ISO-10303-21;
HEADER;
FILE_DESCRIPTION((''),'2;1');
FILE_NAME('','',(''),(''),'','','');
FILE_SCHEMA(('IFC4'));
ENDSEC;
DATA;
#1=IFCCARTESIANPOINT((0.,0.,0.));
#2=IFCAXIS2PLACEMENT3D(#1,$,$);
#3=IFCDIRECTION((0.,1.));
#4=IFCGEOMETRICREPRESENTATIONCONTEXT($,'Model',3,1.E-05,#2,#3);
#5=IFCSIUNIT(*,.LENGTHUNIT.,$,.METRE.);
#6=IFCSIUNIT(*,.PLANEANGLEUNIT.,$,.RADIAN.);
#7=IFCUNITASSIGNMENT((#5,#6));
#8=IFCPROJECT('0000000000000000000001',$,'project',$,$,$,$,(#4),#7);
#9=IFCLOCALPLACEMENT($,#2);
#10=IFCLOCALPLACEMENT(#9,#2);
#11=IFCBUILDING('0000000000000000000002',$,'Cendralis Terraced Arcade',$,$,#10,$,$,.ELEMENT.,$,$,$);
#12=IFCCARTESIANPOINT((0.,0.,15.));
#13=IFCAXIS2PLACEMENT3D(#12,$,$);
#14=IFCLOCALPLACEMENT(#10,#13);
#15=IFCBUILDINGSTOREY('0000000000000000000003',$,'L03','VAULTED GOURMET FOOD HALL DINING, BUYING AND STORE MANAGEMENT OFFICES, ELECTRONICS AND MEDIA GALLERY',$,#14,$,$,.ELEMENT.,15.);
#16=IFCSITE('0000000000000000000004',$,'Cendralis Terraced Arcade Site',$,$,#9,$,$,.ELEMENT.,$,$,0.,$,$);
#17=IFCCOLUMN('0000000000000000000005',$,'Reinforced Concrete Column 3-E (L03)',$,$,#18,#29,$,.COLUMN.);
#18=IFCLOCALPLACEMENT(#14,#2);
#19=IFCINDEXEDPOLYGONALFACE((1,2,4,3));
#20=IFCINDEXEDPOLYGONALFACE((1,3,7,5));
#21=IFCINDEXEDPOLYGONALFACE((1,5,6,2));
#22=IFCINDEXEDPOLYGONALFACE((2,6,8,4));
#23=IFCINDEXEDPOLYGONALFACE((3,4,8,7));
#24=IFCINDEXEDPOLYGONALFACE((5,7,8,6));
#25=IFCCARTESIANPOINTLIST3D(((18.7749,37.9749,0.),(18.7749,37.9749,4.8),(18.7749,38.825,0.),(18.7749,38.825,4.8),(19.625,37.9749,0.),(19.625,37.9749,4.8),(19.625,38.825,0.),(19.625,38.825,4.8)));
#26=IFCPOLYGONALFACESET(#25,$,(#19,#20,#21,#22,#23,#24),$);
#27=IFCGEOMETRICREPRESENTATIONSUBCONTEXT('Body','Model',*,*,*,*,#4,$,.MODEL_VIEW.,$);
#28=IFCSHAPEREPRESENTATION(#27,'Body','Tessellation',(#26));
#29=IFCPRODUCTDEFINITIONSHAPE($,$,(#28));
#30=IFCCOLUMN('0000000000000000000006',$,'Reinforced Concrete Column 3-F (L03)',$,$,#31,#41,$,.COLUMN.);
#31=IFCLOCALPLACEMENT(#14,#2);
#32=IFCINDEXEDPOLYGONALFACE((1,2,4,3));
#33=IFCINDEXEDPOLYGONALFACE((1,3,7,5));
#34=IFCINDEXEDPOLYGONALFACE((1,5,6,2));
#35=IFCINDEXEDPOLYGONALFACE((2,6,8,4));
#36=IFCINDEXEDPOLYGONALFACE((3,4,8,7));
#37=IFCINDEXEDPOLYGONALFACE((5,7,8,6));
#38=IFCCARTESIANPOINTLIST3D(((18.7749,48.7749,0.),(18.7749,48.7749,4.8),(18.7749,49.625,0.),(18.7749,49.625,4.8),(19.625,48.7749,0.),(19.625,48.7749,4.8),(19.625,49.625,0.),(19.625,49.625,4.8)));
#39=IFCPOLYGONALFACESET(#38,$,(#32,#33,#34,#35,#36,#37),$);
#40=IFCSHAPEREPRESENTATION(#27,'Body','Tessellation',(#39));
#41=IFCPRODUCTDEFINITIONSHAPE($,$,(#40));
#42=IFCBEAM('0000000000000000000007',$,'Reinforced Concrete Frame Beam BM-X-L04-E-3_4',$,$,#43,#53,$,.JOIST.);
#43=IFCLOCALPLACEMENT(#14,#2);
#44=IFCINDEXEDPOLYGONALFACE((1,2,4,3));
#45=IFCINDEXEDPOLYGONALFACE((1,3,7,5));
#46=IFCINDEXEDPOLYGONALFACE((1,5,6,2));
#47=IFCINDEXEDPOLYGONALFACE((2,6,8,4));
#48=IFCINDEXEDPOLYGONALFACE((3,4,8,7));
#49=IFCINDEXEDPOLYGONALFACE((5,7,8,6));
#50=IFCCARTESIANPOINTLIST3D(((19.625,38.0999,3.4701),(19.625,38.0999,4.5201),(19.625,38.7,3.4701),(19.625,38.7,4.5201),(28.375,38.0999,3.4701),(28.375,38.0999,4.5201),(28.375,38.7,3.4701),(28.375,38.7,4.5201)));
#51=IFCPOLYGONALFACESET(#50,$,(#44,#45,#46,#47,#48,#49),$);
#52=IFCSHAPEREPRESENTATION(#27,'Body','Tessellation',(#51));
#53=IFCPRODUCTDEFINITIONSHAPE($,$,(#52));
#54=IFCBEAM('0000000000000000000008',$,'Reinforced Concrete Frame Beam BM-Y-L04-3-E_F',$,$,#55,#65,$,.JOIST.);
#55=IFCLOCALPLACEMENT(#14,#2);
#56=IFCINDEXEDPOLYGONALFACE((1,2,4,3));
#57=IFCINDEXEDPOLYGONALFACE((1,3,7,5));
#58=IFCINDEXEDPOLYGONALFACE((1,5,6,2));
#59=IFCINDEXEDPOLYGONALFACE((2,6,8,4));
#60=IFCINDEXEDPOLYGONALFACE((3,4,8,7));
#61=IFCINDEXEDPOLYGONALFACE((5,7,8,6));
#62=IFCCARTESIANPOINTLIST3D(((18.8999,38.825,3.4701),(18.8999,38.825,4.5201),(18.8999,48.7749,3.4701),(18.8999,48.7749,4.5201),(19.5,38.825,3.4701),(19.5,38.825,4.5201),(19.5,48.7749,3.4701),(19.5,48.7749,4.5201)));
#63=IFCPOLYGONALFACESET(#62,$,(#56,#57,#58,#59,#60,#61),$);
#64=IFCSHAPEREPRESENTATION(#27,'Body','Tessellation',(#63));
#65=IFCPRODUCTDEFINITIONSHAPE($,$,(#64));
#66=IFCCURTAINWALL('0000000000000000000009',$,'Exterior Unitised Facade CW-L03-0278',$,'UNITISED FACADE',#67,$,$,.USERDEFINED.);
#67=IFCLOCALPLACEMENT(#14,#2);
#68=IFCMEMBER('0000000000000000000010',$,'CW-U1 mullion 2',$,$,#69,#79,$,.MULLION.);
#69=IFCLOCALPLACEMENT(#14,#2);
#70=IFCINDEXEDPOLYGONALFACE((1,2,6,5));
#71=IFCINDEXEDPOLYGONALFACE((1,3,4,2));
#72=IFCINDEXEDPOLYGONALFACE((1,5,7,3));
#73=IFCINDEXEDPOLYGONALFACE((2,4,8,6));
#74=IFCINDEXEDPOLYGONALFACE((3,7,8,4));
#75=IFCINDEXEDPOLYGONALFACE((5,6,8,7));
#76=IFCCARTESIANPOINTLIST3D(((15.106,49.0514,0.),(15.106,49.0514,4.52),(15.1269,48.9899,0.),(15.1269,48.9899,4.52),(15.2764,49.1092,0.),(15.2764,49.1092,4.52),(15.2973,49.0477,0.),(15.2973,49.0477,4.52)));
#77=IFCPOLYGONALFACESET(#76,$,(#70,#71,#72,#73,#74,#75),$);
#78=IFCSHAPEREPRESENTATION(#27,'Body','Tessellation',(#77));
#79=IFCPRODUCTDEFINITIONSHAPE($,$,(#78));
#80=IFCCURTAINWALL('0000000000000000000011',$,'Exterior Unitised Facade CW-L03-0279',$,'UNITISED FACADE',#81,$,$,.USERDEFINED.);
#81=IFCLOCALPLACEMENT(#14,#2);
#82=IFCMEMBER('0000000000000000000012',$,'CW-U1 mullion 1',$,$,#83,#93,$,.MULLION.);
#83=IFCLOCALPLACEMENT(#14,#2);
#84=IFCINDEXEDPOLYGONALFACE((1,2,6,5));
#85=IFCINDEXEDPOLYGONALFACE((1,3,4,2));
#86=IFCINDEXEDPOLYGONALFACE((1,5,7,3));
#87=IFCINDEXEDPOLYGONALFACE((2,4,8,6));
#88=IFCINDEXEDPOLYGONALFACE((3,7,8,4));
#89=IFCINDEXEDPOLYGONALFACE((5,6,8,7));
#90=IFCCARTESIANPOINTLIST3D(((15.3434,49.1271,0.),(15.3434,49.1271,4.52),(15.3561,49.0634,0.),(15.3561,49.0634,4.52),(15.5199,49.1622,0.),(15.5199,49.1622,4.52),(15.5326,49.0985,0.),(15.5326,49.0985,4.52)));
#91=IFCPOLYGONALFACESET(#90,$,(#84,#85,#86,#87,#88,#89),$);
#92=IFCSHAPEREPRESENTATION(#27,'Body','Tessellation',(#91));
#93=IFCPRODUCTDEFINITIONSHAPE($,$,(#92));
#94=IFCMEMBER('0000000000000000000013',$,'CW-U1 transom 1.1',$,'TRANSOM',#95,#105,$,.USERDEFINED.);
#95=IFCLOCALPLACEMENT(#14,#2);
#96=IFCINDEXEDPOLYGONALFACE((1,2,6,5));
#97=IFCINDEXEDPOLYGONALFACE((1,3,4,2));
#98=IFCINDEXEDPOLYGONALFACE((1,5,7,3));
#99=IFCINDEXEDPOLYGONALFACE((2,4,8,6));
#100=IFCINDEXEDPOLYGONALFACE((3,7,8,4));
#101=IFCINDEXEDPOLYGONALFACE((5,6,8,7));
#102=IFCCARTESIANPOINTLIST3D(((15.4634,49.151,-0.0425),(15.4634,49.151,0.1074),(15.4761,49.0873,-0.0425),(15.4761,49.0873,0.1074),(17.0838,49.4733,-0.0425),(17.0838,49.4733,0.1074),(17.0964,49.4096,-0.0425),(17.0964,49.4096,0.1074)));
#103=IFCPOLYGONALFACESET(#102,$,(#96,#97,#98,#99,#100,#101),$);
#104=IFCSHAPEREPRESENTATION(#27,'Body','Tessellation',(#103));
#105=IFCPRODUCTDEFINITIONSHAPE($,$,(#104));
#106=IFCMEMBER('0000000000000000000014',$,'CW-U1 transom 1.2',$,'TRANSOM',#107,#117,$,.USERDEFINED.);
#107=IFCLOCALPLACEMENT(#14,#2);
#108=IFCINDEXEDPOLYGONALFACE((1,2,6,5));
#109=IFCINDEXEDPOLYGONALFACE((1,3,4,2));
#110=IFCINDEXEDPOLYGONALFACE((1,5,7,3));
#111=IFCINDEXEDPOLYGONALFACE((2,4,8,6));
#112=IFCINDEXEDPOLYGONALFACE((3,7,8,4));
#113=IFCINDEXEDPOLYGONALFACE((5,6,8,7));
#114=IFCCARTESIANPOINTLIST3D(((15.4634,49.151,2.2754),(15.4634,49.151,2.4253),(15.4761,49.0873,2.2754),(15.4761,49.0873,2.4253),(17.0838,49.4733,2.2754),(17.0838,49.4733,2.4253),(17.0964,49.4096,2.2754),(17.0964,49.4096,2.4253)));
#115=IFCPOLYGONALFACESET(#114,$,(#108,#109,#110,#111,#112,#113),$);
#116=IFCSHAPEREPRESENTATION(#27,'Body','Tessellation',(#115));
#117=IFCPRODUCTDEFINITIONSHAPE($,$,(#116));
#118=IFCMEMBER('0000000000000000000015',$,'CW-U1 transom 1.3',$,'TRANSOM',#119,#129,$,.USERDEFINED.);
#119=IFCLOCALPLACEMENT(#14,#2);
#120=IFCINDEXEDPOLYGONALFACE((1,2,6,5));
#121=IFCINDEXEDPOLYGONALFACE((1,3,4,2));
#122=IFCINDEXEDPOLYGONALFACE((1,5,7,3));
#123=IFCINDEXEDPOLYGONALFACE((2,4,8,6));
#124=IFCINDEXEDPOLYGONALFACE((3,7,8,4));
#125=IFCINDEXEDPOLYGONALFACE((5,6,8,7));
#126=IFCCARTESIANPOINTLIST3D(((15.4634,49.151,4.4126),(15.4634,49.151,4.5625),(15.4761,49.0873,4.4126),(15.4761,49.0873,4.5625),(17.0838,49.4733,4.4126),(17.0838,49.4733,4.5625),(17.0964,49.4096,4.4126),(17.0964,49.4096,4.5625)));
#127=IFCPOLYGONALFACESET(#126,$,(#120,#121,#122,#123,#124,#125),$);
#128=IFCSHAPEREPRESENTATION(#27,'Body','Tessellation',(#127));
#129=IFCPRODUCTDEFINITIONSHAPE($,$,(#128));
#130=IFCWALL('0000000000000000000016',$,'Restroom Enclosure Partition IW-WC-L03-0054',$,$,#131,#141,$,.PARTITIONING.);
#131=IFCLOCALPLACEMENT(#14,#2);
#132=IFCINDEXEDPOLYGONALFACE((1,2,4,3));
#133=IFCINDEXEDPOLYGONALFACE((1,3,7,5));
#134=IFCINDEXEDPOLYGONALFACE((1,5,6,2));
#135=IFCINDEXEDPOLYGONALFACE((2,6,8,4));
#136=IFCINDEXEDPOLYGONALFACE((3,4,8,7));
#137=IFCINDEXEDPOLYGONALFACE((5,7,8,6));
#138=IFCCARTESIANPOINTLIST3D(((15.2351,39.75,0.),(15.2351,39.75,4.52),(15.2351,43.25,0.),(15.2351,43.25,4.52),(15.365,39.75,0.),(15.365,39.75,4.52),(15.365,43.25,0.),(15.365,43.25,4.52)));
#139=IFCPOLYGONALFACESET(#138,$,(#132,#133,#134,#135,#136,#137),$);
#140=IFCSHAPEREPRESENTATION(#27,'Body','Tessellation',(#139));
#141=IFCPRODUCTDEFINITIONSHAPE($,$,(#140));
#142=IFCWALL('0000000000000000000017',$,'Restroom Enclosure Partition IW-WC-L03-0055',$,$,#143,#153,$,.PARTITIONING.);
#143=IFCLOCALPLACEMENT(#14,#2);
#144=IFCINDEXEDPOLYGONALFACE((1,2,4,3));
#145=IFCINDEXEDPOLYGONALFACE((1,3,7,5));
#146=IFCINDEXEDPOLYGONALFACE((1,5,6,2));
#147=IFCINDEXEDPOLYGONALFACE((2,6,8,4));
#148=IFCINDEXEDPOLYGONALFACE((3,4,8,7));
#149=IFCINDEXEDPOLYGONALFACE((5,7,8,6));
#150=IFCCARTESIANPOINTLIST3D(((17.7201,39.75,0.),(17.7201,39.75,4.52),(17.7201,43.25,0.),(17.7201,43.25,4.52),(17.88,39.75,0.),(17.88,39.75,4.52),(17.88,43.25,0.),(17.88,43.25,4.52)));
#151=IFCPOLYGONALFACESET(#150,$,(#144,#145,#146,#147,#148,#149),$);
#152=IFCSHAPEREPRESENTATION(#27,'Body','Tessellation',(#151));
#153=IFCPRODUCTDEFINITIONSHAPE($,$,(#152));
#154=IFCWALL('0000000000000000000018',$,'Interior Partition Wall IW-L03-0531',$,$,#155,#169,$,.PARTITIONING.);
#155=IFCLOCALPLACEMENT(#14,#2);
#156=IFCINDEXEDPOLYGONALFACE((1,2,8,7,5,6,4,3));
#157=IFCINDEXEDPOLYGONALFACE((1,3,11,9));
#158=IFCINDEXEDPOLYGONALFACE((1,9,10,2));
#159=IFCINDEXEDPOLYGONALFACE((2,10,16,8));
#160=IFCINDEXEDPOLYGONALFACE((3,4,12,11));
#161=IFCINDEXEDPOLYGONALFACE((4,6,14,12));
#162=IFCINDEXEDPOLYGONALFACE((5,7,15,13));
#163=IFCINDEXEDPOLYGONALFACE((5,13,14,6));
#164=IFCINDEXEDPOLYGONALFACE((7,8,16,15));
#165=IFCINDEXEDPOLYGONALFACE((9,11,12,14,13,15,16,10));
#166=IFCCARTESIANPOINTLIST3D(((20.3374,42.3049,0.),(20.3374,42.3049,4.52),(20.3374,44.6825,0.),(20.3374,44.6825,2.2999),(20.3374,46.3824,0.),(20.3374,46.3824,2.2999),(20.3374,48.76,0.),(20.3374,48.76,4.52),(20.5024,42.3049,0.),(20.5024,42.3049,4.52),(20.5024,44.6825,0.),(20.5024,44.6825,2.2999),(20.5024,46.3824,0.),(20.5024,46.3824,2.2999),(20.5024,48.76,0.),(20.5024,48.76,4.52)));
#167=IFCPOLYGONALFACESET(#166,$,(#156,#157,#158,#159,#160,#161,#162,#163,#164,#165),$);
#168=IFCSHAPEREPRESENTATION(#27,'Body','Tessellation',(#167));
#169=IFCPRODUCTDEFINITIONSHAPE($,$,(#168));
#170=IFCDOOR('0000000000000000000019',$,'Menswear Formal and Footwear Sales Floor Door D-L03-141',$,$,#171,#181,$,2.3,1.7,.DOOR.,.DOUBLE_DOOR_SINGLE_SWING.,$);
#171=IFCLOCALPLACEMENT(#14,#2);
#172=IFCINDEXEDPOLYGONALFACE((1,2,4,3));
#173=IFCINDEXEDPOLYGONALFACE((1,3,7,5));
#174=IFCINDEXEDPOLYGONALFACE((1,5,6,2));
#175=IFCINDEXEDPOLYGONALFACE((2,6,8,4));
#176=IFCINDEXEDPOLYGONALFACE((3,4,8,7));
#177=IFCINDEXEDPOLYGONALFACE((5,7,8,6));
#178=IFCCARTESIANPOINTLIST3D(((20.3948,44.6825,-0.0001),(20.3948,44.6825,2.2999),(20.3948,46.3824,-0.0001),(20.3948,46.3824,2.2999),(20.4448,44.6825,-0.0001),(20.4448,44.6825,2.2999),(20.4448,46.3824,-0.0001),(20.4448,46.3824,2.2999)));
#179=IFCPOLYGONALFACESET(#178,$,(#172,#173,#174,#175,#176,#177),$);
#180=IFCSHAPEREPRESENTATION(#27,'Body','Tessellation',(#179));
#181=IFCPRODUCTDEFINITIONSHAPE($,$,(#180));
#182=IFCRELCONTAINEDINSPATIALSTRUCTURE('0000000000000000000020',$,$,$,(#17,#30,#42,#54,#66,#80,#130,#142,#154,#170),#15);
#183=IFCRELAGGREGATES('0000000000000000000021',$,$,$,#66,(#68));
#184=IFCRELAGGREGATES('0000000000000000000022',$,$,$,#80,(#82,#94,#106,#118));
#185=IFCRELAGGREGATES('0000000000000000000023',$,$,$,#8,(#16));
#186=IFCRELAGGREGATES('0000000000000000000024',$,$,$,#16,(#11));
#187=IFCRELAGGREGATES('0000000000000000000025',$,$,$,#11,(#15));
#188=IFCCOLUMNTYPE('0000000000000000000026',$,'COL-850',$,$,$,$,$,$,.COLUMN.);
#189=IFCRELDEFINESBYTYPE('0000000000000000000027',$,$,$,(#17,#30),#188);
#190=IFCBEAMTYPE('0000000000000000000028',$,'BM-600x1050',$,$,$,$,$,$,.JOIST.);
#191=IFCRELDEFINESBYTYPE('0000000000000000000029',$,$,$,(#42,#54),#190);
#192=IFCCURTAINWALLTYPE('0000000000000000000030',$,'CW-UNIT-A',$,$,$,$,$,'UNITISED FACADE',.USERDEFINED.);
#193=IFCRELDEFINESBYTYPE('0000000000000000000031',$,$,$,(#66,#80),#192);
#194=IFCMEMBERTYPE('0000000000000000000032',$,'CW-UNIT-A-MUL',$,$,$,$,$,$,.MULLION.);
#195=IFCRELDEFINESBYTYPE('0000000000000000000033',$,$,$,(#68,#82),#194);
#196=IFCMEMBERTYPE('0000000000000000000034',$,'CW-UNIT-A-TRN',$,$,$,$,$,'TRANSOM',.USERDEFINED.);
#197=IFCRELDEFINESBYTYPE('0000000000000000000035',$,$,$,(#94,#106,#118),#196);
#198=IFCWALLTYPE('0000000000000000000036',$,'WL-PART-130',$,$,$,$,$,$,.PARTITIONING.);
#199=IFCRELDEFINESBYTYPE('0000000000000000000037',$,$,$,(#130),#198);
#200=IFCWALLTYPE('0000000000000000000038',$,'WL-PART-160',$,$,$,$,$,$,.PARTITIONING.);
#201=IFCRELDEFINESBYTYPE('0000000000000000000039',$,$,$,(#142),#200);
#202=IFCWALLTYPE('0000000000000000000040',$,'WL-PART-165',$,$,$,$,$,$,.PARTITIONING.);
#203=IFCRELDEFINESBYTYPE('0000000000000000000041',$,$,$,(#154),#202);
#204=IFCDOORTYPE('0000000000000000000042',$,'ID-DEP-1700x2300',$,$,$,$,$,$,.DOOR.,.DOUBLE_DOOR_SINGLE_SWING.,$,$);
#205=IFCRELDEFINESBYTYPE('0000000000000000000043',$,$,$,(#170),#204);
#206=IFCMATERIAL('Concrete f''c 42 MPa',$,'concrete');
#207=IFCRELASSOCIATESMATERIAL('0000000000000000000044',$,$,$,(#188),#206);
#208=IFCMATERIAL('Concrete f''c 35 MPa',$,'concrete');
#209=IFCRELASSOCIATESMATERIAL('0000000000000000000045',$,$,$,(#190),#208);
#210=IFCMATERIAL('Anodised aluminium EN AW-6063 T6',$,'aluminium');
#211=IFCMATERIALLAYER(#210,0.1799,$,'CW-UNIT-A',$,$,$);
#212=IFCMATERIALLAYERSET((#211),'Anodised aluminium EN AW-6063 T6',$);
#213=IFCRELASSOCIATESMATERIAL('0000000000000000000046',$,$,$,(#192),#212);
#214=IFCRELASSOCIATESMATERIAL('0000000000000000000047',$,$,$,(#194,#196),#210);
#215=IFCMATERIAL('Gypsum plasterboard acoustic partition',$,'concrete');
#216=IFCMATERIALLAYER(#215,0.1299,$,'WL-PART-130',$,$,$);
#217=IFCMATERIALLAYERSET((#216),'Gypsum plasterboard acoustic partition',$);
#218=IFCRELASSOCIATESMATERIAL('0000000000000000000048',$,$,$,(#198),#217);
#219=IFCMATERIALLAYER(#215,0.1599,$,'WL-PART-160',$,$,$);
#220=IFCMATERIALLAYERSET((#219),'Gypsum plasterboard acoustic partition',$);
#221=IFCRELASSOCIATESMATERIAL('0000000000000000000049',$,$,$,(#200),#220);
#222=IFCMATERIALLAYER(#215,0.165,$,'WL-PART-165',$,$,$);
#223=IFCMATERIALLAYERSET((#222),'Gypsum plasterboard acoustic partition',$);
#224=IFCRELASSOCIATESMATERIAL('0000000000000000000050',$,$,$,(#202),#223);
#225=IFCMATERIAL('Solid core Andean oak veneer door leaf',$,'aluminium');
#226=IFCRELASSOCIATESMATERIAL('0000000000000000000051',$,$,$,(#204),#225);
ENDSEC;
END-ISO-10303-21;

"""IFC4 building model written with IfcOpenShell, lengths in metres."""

from ifc_helpers import new_model, si_unit, direction, frame, frame_2d, origin, origin_2d, place, context, subcontext, project, spatial, rectangle, extrude, material, layer, layer_set, material_profile, profile_set, type_object, element, fill, aggregate, save


model = new_model("IFC4")

# Units and contexts
model_context = context("Model", 3, precision=1e-05, world=origin(), true_north=direction((0.0, 1.0)))
body_context = subcontext(model_context, "Body", "Model", "MODEL_VIEW")
ifc_project = project(units=[si_unit("LENGTHUNIT", "METRE"), si_unit("PLANEANGLEUNIT", "RADIAN")], contexts=[model_context])

# Site, building, storey
site_placement = place(None, origin())
site = spatial("IfcSite", under=ifc_project, at=site_placement, Name="Cendralis Terraced Arcade Site", CompositionType="ELEMENT", RefElevation=0.0)
building_placement = place(site_placement, origin())
building = spatial("IfcBuilding", under=site, at=building_placement, Name="Cendralis Terraced Arcade", CompositionType="ELEMENT")
storey_placement = place(building_placement, frame((0.0, 0.0, 15.0)))
storey = spatial("IfcBuildingStorey", under=building, at=storey_placement, Name="L03", Description="VAULTED GOURMET FOOD HALL DINING, BUYING AND STORE MANAGEMENT OFFICES, ELECTRONICS AND MEDIA GALLERY", CompositionType="ELEMENT", Elevation=15.0)

# Columns
ifc_material_1 = material(Name="Concrete f'c 42 MPa", Category="concrete")
ifc_material_profile_1 = material_profile(ifc_material_1, rectangle(XDim=0.8501, YDim=0.8501, at=origin_2d()), Name="RC-COL-850x850", Category="LoadBearing")
ifc_profile_set_1 = profile_set([ifc_material_profile_1], Name="Concrete f'c 42 MPa")
column_type = type_object("IfcColumnType", Name="COL-850", PredefinedType="COLUMN", material=ifc_profile_set_1)
for number, where, z_axis, x_axis, name in (
    (1, (19.2, 38.3999, 0.0), (0.0, 0.0, 1.0), (1.0, 0.0, 0.0), "Reinforced Concrete Column 3-E (L03)"),
    (2, (19.2, 49.2, 0.0), (0.0, 0.0, 1.0), (1.0, 0.0, 0.0), "Reinforced Concrete Column 3-F (L03)"),
):
    element("IfcColumn", number, at=place(storey_placement, frame(where, z_axis=z_axis, x_axis=x_axis)), inside=storey, type_object=column_type, Name=name, PredefinedType="COLUMN", context=body_context, shape_type="SweptSolid", body=[
        extrude(rectangle(XDim=0.8501, YDim=0.8501, at=origin_2d()), origin(), (0.0, 0.0, 1.0), 4.8),
    ])

# Beams
ifc_material_2 = material(Name="Concrete f'c 35 MPa", Category="concrete")
ifc_material_profile_2 = material_profile(ifc_material_2, rectangle(XDim=0.6001, YDim=1.05, at=origin_2d()), Name="RC-BM-600x1050", Category="LoadBearing")
ifc_profile_set_2 = profile_set([ifc_material_profile_2], Name="Concrete f'c 35 MPa")
beam_type = type_object("IfcBeamType", Name="BM-600x1050", PredefinedType="JOIST", material=ifc_profile_set_2)
beam_1_placement = place(storey_placement, frame((19.625, 38.3999, 3.9951), z_axis=(1.0, 0.0, 0.0), x_axis=(0.0, 1.0, 0.0)))
element("IfcBeam", 3, at=beam_1_placement, inside=storey, type_object=beam_type, Name="Reinforced Concrete Frame Beam BM-X-L04-E-3_4", PredefinedType="JOIST", context=body_context, shape_type="SweptSolid", body=[
    extrude(rectangle(XDim=0.6001, YDim=1.05, at=origin_2d()), origin(), (0.0, 0.0, 1.0), 8.75),
])
beam_2_placement = place(storey_placement, frame((19.2, 38.825, 3.9951), z_axis=(0.0, 1.0, 0.0), x_axis=(-1.0, 0.0, 0.0)))
element("IfcBeam", 4, at=beam_2_placement, inside=storey, type_object=beam_type, Name="Reinforced Concrete Frame Beam BM-Y-L04-3-E_F", PredefinedType="JOIST", context=body_context, shape_type="SweptSolid", body=[
    extrude(rectangle(XDim=0.6001, YDim=1.05, at=origin_2d()), origin(), (0.0, 0.0, 1.0), 9.95),
])

# Curtain wall, member
ifc_material_3 = material(Name="Anodised aluminium EN AW-6063 T6", Category="aluminium")
ifc_layer_1 = layer(ifc_material_3, 0.1799, Name="CW-UNIT-A")
ifc_layer_set_1 = layer_set([ifc_layer_1], Name="Anodised aluminium EN AW-6063 T6")
curtain_wall_type = type_object("IfcCurtainWallType", Name="CW-UNIT-A", ElementType="UNITISED FACADE", PredefinedType="USERDEFINED", material=ifc_layer_set_1)
curtain_wall_1_placement = place(storey_placement, origin())
curtain_wall_1 = element("IfcCurtainWall", 5, at=curtain_wall_1_placement, inside=storey, type_object=curtain_wall_type, Name="Exterior Unitised Facade CW-L03-0278", ObjectType="UNITISED FACADE", PredefinedType="USERDEFINED")
ifc_material_profile_3 = material_profile(ifc_material_3, rectangle(XDim=0.0649, YDim=0.1799, at=origin_2d()), Name="ALU-MUL-65x180")
ifc_profile_set_3 = profile_set([ifc_material_profile_3], Name="Anodised aluminium EN AW-6063 T6")
member_type_1 = type_object("IfcMemberType", Name="CW-UNIT-A-MUL", PredefinedType="MULLION", material=ifc_profile_set_3)
member_1_placement = place(storey_placement, frame((15.2017, 49.0496, 0.0), z_axis=(0.0, 0.0, 1.0), x_axis=(-0.321458, 0.946924, 0.0)))
member_1 = element("IfcMember", 6, at=member_1_placement, type_object=member_type_1, Name="CW-U1 mullion 2", PredefinedType="MULLION", context=body_context, shape_type="SweptSolid", body=[
    extrude(rectangle(XDim=0.0649, YDim=0.1799, at=origin_2d()), origin(), (0.0, 0.0, 1.0), 4.52),
])
aggregate(curtain_wall_1, [member_1])

# Curtain wall, members
curtain_wall_2_placement = place(storey_placement, origin())
curtain_wall_2 = element("IfcCurtainWall", 7, at=curtain_wall_2_placement, inside=storey, type_object=curtain_wall_type, Name="Exterior Unitised Facade CW-L03-0279", ObjectType="UNITISED FACADE", PredefinedType="USERDEFINED")
member_2_placement = place(storey_placement, frame((15.438, 49.1128, 0.0), z_axis=(0.0, 0.0, 1.0), x_axis=(-0.195058, 0.980792, 0.0)))
member_2 = element("IfcMember", 8, at=member_2_placement, type_object=member_type_1, Name="CW-U1 mullion 1", PredefinedType="MULLION", context=body_context, shape_type="SweptSolid", body=[
    extrude(rectangle(XDim=0.0649, YDim=0.1799, at=origin_2d()), origin(), (0.0, 0.0, 1.0), 4.52),
])
ifc_material_profile_4 = material_profile(ifc_material_3, rectangle(XDim=0.0649, YDim=0.1499, at=origin_2d()), Name="ALU-TRN-65x150")
ifc_profile_set_4 = profile_set([ifc_material_profile_4], Name="Anodised aluminium EN AW-6063 T6")
member_type_2 = type_object("IfcMemberType", Name="CW-UNIT-A-TRN", ElementType="TRANSOM", PredefinedType="USERDEFINED", material=ifc_profile_set_4)
member_3_placement = place(storey_placement, frame((15.4697, 49.1191, 0.0325), z_axis=(0.98079, 0.195065, 0.0), x_axis=(-0.195065, 0.98079, 0.0)))
member_3 = element("IfcMember", 9, at=member_3_placement, type_object=member_type_2, Name="CW-U1 transom 1.1", ObjectType="TRANSOM", PredefinedType="USERDEFINED", context=body_context, shape_type="SweptSolid", body=[
    extrude(rectangle(XDim=0.0649, YDim=0.1499, at=origin_2d()), origin(), (0.0, 0.0, 1.0), 1.6521),
])
member_4_placement = place(storey_placement, frame((15.4697, 49.1191, 2.3503), z_axis=(0.98079, 0.195065, 0.0), x_axis=(-0.195065, 0.98079, 0.0)))
member_4 = element("IfcMember", 10, at=member_4_placement, type_object=member_type_2, Name="CW-U1 transom 1.2", ObjectType="TRANSOM", PredefinedType="USERDEFINED", context=body_context, shape_type="SweptSolid", body=[
    extrude(rectangle(XDim=0.0649, YDim=0.1499, at=origin_2d()), origin(), (0.0, 0.0, 1.0), 1.6521),
])
member_5_placement = place(storey_placement, frame((15.4697, 49.1191, 4.4875), z_axis=(0.98079, 0.195065, 0.0), x_axis=(-0.195065, 0.98079, 0.0)))
member_5 = element("IfcMember", 11, at=member_5_placement, type_object=member_type_2, Name="CW-U1 transom 1.3", ObjectType="TRANSOM", PredefinedType="USERDEFINED", context=body_context, shape_type="SweptSolid", body=[
    extrude(rectangle(XDim=0.0649, YDim=0.1499, at=origin_2d()), origin(), (0.0, 0.0, 1.0), 1.6521),
])
aggregate(curtain_wall_2, [member_2, member_3, member_4, member_5])

# Walls
ifc_material_4 = material(Name="Gypsum plasterboard acoustic partition", Category="concrete")
ifc_layer_2 = layer(ifc_material_4, 0.1299, Name="WL-PART-130")
ifc_layer_set_2 = layer_set([ifc_layer_2], Name="Gypsum plasterboard acoustic partition")
wall_type_1 = type_object("IfcWallType", Name="WL-PART-130", PredefinedType="PARTITIONING", material=ifc_layer_set_2)
wall_1_placement = place(storey_placement, frame((15.3, 39.75, 0.0), z_axis=(0.0, 0.0, 1.0), x_axis=(0.0, 1.0, 0.0)))
element("IfcWall", 12, at=wall_1_placement, inside=storey, type_object=wall_type_1, Name="Restroom Enclosure Partition IW-WC-L03-0054", PredefinedType="PARTITIONING", context=body_context, shape_type="SweptSolid", body=[
    extrude(rectangle(XDim=3.5, YDim=0.1299, at=frame_2d((1.75, 0.0))), origin(), (0.0, 0.0, 1.0), 4.52),
])
ifc_layer_3 = layer(ifc_material_4, 0.1599, Name="WL-PART-160")
ifc_layer_set_3 = layer_set([ifc_layer_3], Name="Gypsum plasterboard acoustic partition")
wall_type_2 = type_object("IfcWallType", Name="WL-PART-160", PredefinedType="PARTITIONING", material=ifc_layer_set_3)
wall_2_placement = place(storey_placement, frame((17.8, 39.75, 0.0), z_axis=(0.0, 0.0, 1.0), x_axis=(0.0, 1.0, 0.0)))
element("IfcWall", 13, at=wall_2_placement, inside=storey, type_object=wall_type_2, Name="Restroom Enclosure Partition IW-WC-L03-0055", PredefinedType="PARTITIONING", context=body_context, shape_type="SweptSolid", body=[
    extrude(rectangle(XDim=3.5, YDim=0.1599, at=frame_2d((1.75, 0.0))), origin(), (0.0, 0.0, 1.0), 4.52),
])

# Wall, opening, door
ifc_material_5 = material(Name="Solid core Andean oak veneer door leaf", Category="aluminium")
ifc_layer_4 = layer(ifc_material_4, 0.165, Name="WL-PART-165")
ifc_layer_set_4 = layer_set([ifc_layer_4], Name="Gypsum plasterboard acoustic partition")
wall_type_3 = type_object("IfcWallType", Name="WL-PART-165", PredefinedType="PARTITIONING", material=ifc_layer_set_4)
wall_3_placement = place(storey_placement, frame((20.4199, 48.76, 0.0), z_axis=(0.0, 0.0, 1.0), x_axis=(0.0, -1.0, 0.0)))
wall_3 = element("IfcWall", 14, at=wall_3_placement, inside=storey, type_object=wall_type_3, Name="Interior Partition Wall IW-L03-0531", PredefinedType="PARTITIONING", context=body_context, shape_type="SweptSolid", body=[
    extrude(rectangle(XDim=6.4551, YDim=0.165, at=frame_2d((3.2275, 0.0))), origin(), (0.0, 0.0, 1.0), 4.52),
])
opening_1_placement = place(wall_3_placement, frame((2.3774, 0.0, 0.0)))
opening_1 = element("IfcOpeningElement", 15, at=opening_1_placement, cuts=wall_3, PredefinedType="OPENING", context=body_context, shape_type="SweptSolid", body=[
    extrude(rectangle(XDim=1.7, YDim=2.3, at=frame_2d((0.8501, 1.1499))), frame((0.0, 0.0945, 0.0), z_axis=(0.0, -1.0, 0.0), x_axis=(1.0, 0.0, 0.0)), (0.0, 0.0, 1.0), 0.189),
])
door_type_1 = type_object("IfcDoorType", Name="ID-DEP-1700x2300", OperationType="DOUBLE_DOOR_SINGLE_SWING", PredefinedType="DOOR", material=ifc_material_5)
door_1_placement = place(opening_1_placement, origin())
door_1 = element("IfcDoor", 16, at=door_1_placement, inside=storey, type_object=door_type_1, Name="Menswear Formal and Footwear Sales Floor Door D-L03-141", OperationType="DOUBLE_DOOR_SINGLE_SWING", OverallHeight=2.3, OverallWidth=1.7, PredefinedType="DOOR", context=body_context, shape_type="SweptSolid", body=[
    extrude(rectangle(XDim=1.7, YDim=2.3, at=frame_2d((0.8501, 1.1499))), frame((0.0, 0.0249, 0.0), z_axis=(0.0, -1.0, 0.0), x_axis=(1.0, 0.0, 0.0)), (0.0, 0.0, 1.0), 0.05),
])
fill(opening_1, door_1)

save(model, "model.ifc")
